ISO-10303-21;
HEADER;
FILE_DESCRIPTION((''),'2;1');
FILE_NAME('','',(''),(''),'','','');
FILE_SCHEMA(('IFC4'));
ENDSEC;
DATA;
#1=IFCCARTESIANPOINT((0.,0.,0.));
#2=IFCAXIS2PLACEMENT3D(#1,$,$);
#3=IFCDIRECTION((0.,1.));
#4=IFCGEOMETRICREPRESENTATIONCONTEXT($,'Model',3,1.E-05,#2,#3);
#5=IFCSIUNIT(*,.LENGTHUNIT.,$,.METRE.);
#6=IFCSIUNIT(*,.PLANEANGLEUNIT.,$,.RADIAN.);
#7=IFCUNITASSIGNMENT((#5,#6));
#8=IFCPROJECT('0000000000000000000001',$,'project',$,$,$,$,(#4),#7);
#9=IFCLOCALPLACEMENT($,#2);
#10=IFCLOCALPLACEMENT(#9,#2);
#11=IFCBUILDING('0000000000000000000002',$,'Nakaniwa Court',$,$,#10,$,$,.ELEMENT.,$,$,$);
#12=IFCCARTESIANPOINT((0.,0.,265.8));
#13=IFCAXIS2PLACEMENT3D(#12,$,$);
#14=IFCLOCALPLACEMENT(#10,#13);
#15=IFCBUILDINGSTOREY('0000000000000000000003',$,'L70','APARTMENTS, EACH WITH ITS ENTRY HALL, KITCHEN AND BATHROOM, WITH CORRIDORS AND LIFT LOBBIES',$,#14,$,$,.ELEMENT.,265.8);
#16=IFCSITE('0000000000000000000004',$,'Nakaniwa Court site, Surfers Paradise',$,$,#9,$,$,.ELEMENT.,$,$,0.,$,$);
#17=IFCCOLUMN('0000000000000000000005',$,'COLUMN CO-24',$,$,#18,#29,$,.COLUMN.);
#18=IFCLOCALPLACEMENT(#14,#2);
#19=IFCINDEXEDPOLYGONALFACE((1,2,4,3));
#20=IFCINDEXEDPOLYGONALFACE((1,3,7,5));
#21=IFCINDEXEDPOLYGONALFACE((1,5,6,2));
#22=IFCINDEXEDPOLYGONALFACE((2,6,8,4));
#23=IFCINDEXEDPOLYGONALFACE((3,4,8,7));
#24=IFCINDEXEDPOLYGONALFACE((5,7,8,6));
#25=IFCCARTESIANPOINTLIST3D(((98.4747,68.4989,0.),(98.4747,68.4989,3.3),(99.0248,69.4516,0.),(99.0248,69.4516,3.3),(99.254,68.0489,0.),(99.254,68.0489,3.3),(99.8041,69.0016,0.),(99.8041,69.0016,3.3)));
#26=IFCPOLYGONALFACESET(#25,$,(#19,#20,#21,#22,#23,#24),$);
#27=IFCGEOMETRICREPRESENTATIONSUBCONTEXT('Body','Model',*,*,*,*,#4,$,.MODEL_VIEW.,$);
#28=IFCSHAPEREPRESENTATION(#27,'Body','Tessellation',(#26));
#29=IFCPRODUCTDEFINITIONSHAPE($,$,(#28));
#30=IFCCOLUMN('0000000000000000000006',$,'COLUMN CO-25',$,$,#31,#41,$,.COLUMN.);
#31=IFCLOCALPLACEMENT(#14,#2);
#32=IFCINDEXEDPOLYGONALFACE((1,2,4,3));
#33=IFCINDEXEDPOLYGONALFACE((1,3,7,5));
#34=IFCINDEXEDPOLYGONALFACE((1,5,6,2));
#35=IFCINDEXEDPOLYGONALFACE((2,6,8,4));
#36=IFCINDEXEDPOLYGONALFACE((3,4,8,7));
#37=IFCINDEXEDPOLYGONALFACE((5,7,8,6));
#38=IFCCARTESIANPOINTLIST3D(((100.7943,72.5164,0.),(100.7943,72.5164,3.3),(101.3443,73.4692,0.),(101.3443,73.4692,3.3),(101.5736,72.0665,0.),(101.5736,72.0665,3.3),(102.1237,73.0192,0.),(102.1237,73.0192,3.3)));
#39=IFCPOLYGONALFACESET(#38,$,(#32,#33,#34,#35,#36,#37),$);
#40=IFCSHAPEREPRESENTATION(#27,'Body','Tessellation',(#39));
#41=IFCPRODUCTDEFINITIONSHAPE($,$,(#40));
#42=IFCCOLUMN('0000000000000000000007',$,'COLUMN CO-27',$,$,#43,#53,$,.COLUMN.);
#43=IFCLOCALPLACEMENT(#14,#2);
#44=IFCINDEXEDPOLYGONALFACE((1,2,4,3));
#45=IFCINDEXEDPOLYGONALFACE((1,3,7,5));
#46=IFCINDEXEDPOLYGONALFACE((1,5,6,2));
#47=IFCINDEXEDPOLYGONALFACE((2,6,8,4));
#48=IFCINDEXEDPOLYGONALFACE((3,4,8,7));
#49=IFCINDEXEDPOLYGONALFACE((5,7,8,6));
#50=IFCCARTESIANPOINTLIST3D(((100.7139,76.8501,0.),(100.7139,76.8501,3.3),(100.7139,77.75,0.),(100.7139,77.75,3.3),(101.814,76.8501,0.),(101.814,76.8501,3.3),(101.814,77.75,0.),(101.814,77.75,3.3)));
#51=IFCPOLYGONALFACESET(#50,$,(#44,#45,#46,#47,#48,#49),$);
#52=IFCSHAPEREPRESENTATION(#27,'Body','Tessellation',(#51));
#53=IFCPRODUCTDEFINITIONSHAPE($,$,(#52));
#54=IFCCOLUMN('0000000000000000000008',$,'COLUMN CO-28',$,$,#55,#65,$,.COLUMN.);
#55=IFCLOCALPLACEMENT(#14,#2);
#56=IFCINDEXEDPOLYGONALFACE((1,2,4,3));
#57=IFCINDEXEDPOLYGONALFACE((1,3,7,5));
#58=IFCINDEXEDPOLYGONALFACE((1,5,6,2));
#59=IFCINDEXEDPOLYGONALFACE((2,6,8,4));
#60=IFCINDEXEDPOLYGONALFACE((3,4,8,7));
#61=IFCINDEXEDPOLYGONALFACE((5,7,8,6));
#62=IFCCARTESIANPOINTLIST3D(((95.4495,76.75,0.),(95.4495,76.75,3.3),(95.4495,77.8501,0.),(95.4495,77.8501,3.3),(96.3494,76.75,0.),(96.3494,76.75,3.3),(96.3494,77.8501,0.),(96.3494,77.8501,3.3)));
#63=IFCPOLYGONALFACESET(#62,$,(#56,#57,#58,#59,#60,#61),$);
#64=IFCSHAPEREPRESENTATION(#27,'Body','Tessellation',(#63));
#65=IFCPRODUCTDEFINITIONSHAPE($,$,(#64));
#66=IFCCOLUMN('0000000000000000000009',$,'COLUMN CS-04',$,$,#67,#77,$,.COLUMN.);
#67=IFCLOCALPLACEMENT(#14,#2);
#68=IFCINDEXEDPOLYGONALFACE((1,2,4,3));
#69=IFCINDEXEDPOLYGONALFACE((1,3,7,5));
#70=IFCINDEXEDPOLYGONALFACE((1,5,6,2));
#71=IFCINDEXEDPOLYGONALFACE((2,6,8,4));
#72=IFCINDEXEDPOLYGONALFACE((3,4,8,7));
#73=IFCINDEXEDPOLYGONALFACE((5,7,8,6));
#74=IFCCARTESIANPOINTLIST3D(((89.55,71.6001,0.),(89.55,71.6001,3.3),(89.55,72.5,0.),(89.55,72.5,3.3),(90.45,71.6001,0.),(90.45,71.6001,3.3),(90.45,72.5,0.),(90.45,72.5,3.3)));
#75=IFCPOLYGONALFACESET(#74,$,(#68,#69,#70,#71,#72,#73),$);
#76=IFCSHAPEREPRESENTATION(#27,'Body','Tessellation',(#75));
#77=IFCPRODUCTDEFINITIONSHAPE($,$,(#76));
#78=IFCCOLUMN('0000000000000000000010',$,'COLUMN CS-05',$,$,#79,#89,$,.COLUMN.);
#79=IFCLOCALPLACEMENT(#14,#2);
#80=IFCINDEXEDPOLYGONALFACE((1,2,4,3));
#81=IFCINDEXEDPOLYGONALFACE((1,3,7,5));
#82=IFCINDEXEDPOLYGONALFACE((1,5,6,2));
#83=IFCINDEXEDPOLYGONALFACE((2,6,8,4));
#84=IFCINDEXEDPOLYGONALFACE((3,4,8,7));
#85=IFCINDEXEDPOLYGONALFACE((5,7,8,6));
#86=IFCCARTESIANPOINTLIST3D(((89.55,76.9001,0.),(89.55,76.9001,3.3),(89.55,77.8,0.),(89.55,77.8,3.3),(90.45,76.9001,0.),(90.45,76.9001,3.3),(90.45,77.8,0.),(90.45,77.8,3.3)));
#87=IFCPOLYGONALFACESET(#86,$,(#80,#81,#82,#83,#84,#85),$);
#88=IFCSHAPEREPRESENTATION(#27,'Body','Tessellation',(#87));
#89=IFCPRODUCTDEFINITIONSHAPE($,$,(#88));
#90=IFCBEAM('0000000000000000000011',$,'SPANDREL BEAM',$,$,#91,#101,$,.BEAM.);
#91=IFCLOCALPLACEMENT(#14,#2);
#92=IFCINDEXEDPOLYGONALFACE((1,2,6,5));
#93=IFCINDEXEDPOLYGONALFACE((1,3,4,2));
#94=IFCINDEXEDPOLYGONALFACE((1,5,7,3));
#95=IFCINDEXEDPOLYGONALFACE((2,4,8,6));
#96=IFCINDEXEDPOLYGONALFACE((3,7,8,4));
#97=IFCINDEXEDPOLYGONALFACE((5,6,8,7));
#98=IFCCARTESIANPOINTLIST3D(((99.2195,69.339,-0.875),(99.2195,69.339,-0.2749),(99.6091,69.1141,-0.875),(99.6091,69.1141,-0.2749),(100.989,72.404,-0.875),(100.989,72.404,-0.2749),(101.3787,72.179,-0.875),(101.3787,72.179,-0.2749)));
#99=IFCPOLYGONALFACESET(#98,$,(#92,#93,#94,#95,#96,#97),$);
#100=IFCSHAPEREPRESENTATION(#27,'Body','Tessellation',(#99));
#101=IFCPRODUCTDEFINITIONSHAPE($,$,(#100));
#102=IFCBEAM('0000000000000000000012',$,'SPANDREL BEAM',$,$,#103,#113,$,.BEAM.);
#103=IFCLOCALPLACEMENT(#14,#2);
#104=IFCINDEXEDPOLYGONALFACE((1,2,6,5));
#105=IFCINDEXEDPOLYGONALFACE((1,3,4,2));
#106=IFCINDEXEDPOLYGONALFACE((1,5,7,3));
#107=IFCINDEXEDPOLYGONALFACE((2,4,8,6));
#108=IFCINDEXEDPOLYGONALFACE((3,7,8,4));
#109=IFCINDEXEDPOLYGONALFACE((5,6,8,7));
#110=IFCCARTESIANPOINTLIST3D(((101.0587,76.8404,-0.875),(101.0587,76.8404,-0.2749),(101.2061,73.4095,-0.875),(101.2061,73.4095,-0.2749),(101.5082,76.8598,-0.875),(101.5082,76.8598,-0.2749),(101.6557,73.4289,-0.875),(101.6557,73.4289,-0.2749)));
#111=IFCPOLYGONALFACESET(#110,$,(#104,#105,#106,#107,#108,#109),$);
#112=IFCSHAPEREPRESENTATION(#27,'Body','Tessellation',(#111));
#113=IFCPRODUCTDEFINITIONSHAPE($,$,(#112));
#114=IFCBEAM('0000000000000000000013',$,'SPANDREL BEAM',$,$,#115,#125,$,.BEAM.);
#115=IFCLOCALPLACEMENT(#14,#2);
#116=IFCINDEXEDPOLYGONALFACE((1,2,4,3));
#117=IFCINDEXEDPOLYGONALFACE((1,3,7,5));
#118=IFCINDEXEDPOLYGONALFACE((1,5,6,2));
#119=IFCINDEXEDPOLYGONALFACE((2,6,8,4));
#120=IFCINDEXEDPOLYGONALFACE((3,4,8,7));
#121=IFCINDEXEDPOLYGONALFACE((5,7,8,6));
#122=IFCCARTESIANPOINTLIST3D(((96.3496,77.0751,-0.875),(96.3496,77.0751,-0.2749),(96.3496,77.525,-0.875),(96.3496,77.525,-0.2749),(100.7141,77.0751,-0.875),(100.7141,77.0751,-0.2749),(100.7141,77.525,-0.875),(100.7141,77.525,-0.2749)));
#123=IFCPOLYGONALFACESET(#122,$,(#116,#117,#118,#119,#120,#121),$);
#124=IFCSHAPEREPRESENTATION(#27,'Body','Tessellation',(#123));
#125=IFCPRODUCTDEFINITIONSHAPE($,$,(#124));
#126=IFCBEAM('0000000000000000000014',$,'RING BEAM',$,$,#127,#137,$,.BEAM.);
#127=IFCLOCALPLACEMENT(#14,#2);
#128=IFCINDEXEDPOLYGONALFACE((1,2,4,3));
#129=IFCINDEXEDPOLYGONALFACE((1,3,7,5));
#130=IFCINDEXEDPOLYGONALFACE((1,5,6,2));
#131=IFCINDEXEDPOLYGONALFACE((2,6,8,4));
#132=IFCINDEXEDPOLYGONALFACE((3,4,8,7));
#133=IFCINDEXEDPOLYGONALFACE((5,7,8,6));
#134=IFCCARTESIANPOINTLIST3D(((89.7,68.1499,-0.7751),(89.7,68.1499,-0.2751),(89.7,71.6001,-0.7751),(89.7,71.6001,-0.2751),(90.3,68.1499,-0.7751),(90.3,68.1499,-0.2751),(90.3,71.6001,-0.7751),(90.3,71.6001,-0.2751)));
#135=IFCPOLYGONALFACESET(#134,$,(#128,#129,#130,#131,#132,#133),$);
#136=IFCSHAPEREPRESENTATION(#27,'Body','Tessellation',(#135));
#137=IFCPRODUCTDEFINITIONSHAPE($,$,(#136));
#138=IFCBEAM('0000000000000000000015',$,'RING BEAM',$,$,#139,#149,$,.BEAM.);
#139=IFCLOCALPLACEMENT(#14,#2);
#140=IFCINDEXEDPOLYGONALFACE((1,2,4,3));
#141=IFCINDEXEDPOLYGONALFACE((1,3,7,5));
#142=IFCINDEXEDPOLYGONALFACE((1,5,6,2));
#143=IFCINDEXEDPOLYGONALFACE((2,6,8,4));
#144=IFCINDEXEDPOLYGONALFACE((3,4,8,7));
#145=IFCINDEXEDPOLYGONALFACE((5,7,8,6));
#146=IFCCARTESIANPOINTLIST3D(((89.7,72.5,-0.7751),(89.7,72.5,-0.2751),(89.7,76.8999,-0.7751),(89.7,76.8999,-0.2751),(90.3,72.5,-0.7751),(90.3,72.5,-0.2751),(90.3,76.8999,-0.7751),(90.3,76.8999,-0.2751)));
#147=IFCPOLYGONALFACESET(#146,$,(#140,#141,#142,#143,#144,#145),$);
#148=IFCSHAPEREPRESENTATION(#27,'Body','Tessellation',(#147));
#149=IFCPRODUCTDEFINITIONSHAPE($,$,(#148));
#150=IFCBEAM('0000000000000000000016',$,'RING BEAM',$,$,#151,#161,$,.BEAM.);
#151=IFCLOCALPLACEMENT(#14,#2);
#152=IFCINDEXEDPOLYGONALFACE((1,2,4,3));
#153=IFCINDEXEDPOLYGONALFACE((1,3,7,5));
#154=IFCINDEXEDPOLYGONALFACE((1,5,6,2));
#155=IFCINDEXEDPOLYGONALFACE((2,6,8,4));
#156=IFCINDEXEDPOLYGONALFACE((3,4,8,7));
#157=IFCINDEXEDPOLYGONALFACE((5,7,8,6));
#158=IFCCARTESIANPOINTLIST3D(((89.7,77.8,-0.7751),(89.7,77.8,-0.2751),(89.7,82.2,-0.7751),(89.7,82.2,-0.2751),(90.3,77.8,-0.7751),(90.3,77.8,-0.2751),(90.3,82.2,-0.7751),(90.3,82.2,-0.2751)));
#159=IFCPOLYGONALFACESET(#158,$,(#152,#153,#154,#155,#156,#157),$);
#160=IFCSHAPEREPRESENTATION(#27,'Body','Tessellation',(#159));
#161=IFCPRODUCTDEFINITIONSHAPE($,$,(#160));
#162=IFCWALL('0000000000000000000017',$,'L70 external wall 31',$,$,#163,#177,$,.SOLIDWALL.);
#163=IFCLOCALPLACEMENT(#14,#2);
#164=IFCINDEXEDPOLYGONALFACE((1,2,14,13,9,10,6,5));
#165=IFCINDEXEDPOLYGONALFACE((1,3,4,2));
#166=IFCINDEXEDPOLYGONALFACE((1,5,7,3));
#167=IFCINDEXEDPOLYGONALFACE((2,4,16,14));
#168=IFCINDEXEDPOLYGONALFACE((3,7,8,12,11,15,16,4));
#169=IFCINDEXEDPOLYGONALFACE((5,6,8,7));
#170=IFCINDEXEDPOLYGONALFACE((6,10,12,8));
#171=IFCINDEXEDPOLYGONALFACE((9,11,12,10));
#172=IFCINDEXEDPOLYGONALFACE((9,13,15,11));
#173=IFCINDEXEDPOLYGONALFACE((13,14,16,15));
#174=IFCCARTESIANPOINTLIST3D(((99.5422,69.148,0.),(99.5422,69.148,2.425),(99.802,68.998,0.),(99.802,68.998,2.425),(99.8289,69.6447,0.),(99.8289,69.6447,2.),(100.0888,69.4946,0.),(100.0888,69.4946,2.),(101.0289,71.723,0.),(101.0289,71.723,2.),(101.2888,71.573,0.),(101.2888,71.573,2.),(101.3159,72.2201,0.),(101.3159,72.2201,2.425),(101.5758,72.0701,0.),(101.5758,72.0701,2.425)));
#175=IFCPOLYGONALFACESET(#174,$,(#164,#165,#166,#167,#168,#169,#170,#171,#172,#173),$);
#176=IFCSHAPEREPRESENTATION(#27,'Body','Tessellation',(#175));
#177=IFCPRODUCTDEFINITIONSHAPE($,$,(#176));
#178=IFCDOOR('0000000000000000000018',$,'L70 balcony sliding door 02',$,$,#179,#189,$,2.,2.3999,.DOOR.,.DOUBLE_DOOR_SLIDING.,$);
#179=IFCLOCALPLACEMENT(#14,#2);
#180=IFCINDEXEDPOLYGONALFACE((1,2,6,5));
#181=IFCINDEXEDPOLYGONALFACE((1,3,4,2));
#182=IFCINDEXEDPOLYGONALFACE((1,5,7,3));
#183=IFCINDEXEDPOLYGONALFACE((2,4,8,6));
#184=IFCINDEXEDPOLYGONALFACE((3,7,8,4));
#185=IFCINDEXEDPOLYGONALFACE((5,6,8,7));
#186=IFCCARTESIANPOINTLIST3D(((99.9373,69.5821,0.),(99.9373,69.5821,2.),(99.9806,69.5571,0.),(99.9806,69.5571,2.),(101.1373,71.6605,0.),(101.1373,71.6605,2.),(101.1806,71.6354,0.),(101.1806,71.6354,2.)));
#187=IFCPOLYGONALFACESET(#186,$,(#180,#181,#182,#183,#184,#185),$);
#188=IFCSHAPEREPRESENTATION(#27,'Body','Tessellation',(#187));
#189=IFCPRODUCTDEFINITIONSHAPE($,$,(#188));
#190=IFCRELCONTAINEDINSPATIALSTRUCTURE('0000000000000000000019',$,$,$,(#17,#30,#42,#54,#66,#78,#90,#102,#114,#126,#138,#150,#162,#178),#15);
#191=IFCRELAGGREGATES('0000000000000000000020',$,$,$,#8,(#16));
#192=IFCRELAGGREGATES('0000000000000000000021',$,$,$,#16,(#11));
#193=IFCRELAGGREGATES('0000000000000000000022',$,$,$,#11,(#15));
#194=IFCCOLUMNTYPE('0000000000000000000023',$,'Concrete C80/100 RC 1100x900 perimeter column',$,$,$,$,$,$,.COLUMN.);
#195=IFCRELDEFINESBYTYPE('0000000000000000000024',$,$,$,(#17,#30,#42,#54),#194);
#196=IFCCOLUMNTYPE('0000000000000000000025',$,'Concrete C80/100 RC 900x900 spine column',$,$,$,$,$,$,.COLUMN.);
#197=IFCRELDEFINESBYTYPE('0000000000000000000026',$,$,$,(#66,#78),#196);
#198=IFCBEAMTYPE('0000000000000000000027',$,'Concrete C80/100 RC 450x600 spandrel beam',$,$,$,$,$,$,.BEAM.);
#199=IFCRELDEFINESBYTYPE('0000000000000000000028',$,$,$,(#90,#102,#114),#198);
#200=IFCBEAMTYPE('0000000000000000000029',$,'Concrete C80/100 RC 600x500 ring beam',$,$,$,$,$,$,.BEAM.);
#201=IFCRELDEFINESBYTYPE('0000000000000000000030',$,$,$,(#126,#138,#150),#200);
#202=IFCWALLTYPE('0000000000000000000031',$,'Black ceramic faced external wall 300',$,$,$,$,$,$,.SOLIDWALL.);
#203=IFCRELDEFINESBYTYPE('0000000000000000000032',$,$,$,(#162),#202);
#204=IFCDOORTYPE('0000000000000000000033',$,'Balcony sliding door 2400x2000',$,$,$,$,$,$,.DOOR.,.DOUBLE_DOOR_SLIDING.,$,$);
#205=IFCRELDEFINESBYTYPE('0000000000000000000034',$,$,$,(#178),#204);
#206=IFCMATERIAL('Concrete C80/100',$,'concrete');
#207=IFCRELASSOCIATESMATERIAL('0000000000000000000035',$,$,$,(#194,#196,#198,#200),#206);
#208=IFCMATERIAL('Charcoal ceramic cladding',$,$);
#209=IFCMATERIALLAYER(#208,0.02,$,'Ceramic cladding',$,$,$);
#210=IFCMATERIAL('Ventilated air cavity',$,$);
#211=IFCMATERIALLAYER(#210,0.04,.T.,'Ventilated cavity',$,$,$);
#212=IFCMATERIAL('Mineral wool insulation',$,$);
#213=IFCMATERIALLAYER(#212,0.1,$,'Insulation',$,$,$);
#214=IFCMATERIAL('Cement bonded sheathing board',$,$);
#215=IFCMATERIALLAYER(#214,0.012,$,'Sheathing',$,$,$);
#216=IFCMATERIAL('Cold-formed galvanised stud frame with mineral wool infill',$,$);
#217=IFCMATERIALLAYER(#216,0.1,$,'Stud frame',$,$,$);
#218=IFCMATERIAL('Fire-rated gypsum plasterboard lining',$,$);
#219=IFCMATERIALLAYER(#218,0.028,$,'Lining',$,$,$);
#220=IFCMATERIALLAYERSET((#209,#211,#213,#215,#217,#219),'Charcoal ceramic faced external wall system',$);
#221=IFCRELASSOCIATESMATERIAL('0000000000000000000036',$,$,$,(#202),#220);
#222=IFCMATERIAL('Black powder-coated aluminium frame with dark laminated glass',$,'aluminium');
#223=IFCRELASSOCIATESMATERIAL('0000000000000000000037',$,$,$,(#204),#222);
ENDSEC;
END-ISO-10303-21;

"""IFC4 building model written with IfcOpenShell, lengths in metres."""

from ifc_helpers import new_model, si_unit, direction, frame, frame_2d, origin, origin_2d, place, context, subcontext, project, spatial, rectangle, extrude, material, layer, layer_set, material_profile, profile_set, type_object, element, fill, save


model = new_model("IFC4")

# Units and contexts
model_context = context("Model", 3, precision=1e-05, world=origin(), true_north=direction((0.0, 1.0)))
body_context = subcontext(model_context, "Body", "Model", "MODEL_VIEW")
ifc_project = project(units=[si_unit("LENGTHUNIT", "METRE"), si_unit("PLANEANGLEUNIT", "RADIAN")], contexts=[model_context])

# Site, building, storey
site_placement = place(None, origin())
site = spatial("IfcSite", under=ifc_project, at=site_placement, Name="Nakaniwa Court site, Surfers Paradise", CompositionType="ELEMENT", RefElevation=0.0)
building_placement = place(site_placement, origin())
building = spatial("IfcBuilding", under=site, at=building_placement, Name="Nakaniwa Court", CompositionType="ELEMENT")
storey_placement = place(building_placement, frame((0.0, 0.0, 265.8)))
storey = spatial("IfcBuildingStorey", under=building, at=storey_placement, Name="L70", Description="APARTMENTS, EACH WITH ITS ENTRY HALL, KITCHEN AND BATHROOM, WITH CORRIDORS AND LIFT LOBBIES", CompositionType="ELEMENT", Elevation=265.8)

# Columns
ifc_material_1 = material(Name="Concrete C80/100", Category="concrete")
ifc_material_profile_1 = material_profile(ifc_material_1, rectangle(XDim=1.1001, YDim=0.8999, at=origin_2d()), Name="Concrete C80/100 RC 1100x900 perimeter column")
ifc_profile_set_1 = profile_set([ifc_material_profile_1], Name="Concrete C80/100")
column_type_1 = type_object("IfcColumnType", Name="Concrete C80/100 RC 1100x900 perimeter column", PredefinedType="COLUMN", material=ifc_profile_set_1)
for number, where, z_axis, x_axis, name in (
    (1, (99.1394, 68.7502, 0.0), (0.0, 0.0, 1.0), (0.5, 0.866025, 0.0), "COLUMN CO-24"),
    (2, (101.459, 72.7678, 0.0), (0.0, 0.0, 1.0), (0.5, 0.866025, 0.0), "COLUMN CO-25"),
    (3, (101.2639, 77.3, 0.0), (0.0, 0.0, 1.0), (-1.0, 0.0, 0.0), "COLUMN CO-27"),
    (4, (95.8994, 77.3, 0.0), (0.0, 0.0, 1.0), (0.0, 1.0, 0.0), "COLUMN CO-28"),
):
    element("IfcColumn", number, at=place(storey_placement, frame(where, z_axis=z_axis, x_axis=x_axis)), inside=storey, type_object=column_type_1, Name=name, PredefinedType="COLUMN", context=body_context, shape_type="SweptSolid", body=[
        extrude(rectangle(XDim=1.1001, YDim=0.8999, at=origin_2d()), origin(), (0.0, 0.0, 1.0), 3.3),
    ])
ifc_material_profile_2 = material_profile(ifc_material_1, rectangle(XDim=0.8999, YDim=0.8999, at=origin_2d()), Name="Concrete C80/100 RC 900x900 spine column")
ifc_profile_set_2 = profile_set([ifc_material_profile_2], Name="Concrete C80/100")
column_type_2 = type_object("IfcColumnType", Name="Concrete C80/100 RC 900x900 spine column", PredefinedType="COLUMN", material=ifc_profile_set_2)
for number, where, z_axis, x_axis, name in (
    (5, (90.0, 72.05, 0.0), (0.0, 0.0, 1.0), (0.0, 1.0, 0.0), "COLUMN CS-04"),
    (6, (90.0, 77.3501, 0.0), (0.0, 0.0, 1.0), (0.0, 1.0, 0.0), "COLUMN CS-05"),
):
    element("IfcColumn", number, at=place(storey_placement, frame(where, z_axis=z_axis, x_axis=x_axis)), inside=storey, type_object=column_type_2, Name=name, PredefinedType="COLUMN", context=body_context, shape_type="SweptSolid", body=[
        extrude(rectangle(XDim=0.8999, YDim=0.8999, at=origin_2d()), origin(), (0.0, 0.0, 1.0), 3.3),
    ])

# Beams
ifc_material_profile_3 = material_profile(ifc_material_1, rectangle(XDim=0.45, YDim=0.6001, at=origin_2d()), Name="Concrete C80/100 RC 450x600 spandrel beam")
ifc_profile_set_3 = profile_set([ifc_material_profile_3], Name="Concrete C80/100")
beam_type_1 = type_object("IfcBeamType", Name="Concrete C80/100 RC 450x600 spandrel beam", PredefinedType="BEAM", material=ifc_profile_set_3)
beam_1_placement = place(storey_placement, frame((99.4143, 69.2266, -0.575), z_axis=(0.499997, 0.866027, 0.0), x_axis=(-0.866027, 0.499997, 0.0)))
element("IfcBeam", 7, at=beam_1_placement, inside=storey, type_object=beam_type_1, Name="SPANDREL BEAM", PredefinedType="BEAM", context=body_context, shape_type="SweptSolid", body=[
    extrude(rectangle(XDim=0.45, YDim=0.6001, at=origin_2d()), origin(), (0.0, 0.0, 1.0), 3.5391),
])
beam_2_placement = place(storey_placement, frame((101.4309, 73.4192, -0.575), z_axis=(-0.042941, 0.999078, 0.0), x_axis=(-0.999078, -0.042941, 0.0)))
element("IfcBeam", 8, at=beam_2_placement, inside=storey, type_object=beam_type_1, Name="SPANDREL BEAM", PredefinedType="BEAM", context=body_context, shape_type="SweptSolid", body=[
    extrude(rectangle(XDim=0.45, YDim=0.6001, at=origin_2d()), origin(), (0.0, 0.0, 1.0), 3.4341),
])
beam_3_placement = place(storey_placement, frame((100.7141, 77.3, -0.575), z_axis=(-1.0, 0.0, 0.0), x_axis=(0.0, -1.0, 0.0)))
element("IfcBeam", 9, at=beam_3_placement, inside=storey, type_object=beam_type_1, Name="SPANDREL BEAM", PredefinedType="BEAM", context=body_context, shape_type="SweptSolid", body=[
    extrude(rectangle(XDim=0.45, YDim=0.6001, at=origin_2d()), origin(), (0.0, 0.0, 1.0), 4.3645),
])
ifc_material_profile_4 = material_profile(ifc_material_1, rectangle(XDim=0.6001, YDim=0.5, at=origin_2d()), Name="Concrete C80/100 RC 600x500 ring beam")
ifc_profile_set_4 = profile_set([ifc_material_profile_4], Name="Concrete C80/100")
beam_type_2 = type_object("IfcBeamType", Name="Concrete C80/100 RC 600x500 ring beam", PredefinedType="BEAM", material=ifc_profile_set_4)
beam_4_placement = place(storey_placement, frame((90.0, 68.1499, -0.5251), z_axis=(0.0, 1.0, 0.0), x_axis=(-1.0, 0.0, 0.0)))
element("IfcBeam", 10, at=beam_4_placement, inside=storey, type_object=beam_type_2, Name="RING BEAM", PredefinedType="BEAM", context=body_context, shape_type="SweptSolid", body=[
    extrude(rectangle(XDim=0.6001, YDim=0.5, at=origin_2d()), origin(), (0.0, 0.0, 1.0), 3.4502),
])
for number, where, z_axis, x_axis, name in (
    (11, (90.0, 72.5, -0.5251), (0.0, 1.0, 0.0), (-1.0, 0.0, 0.0), "RING BEAM"),
    (12, (90.0, 77.8, -0.5251), (0.0, 1.0, 0.0), (-1.0, 0.0, 0.0), "RING BEAM"),
):
    element("IfcBeam", number, at=place(storey_placement, frame(where, z_axis=z_axis, x_axis=x_axis)), inside=storey, type_object=beam_type_2, Name=name, PredefinedType="BEAM", context=body_context, shape_type="SweptSolid", body=[
        extrude(rectangle(XDim=0.6001, YDim=0.5, at=origin_2d()), origin(), (0.0, 0.0, 1.0), 4.3999),
    ])

# Wall, opening, door
ifc_material_2 = material(Name="Charcoal ceramic cladding")
ifc_layer_1 = layer(ifc_material_2, 0.02, Name="Ceramic cladding")
ifc_material_3 = material(Name="Ventilated air cavity")
ifc_layer_2 = layer(ifc_material_3, 0.04, ventilated=True, Name="Ventilated cavity")
ifc_material_4 = material(Name="Mineral wool insulation")
ifc_layer_3 = layer(ifc_material_4, 0.1, Name="Insulation")
ifc_material_5 = material(Name="Cement bonded sheathing board")
ifc_layer_4 = layer(ifc_material_5, 0.012, Name="Sheathing")
ifc_material_6 = material(Name="Cold-formed galvanised stud frame with mineral wool infill")
ifc_layer_5 = layer(ifc_material_6, 0.1, Name="Stud frame")
ifc_material_7 = material(Name="Fire-rated gypsum plasterboard lining")
ifc_layer_6 = layer(ifc_material_7, 0.028, Name="Lining")
ifc_layer_set_1 = layer_set([ifc_layer_1, ifc_layer_2, ifc_layer_3, ifc_layer_4, ifc_layer_5, ifc_layer_6], Name="Charcoal ceramic faced external wall system")
wall_type_1 = type_object("IfcWallType", Name="Black ceramic faced external wall 300", PredefinedType="SOLIDWALL", material=ifc_layer_set_1)
wall_1_placement = place(storey_placement, frame((99.6721, 69.073, 0.0), z_axis=(0.0, 0.0, 1.0), x_axis=(0.50001, 0.866019, 0.0)))
wall_1 = element("IfcWall", 13, at=wall_1_placement, inside=storey, type_object=wall_type_1, Name="L70 external wall 31", PredefinedType="SOLIDWALL", context=body_context, shape_type="SweptSolid", body=[
    extrude(rectangle(XDim=3.5474, YDim=0.3, at=frame_2d((1.7737, 0.0))), origin(), (0.0, 0.0, 1.0), 2.425),
])
opening_1_placement = place(wall_1_placement, frame((0.5735, 0.0, 0.0)))
opening_1 = element("IfcOpeningElement", 14, at=opening_1_placement, cuts=wall_1, PredefinedType="OPENING", context=body_context, shape_type="SweptSolid", body=[
    extrude(rectangle(XDim=2.3999, YDim=2.0, at=frame_2d((1.2, 1.0))), frame((0.0, 0.1599, 0.0), z_axis=(0.0, -1.0, 0.0), x_axis=(1.0, 0.0, 0.0)), (0.0, 0.0, 1.0), 0.3201),
])
ifc_material_8 = material(Name="Black powder-coated aluminium frame with dark laminated glass", Category="aluminium")
door_type_1 = type_object("IfcDoorType", Name="Balcony sliding door 2400x2000", OperationType="DOUBLE_DOOR_SLIDING", PredefinedType="DOOR", material=ifc_material_8)
door_1_placement = place(opening_1_placement, origin())
door_1 = element("IfcDoor", 15, at=door_1_placement, inside=storey, type_object=door_type_1, Name="L70 balcony sliding door 02", OperationType="DOUBLE_DOOR_SLIDING", OverallHeight=2.0, OverallWidth=2.3999, PredefinedType="DOOR", context=body_context, shape_type="SweptSolid", body=[
    extrude(rectangle(XDim=2.3999, YDim=2.0, at=frame_2d((1.2, 1.0))), frame((0.0, 0.0249, 0.0), z_axis=(0.0, -1.0, 0.0), x_axis=(1.0, 0.0, 0.0)), (0.0, 0.0, 1.0), 0.05),
])
fill(opening_1, door_1)

save(model, "model.ifc")
